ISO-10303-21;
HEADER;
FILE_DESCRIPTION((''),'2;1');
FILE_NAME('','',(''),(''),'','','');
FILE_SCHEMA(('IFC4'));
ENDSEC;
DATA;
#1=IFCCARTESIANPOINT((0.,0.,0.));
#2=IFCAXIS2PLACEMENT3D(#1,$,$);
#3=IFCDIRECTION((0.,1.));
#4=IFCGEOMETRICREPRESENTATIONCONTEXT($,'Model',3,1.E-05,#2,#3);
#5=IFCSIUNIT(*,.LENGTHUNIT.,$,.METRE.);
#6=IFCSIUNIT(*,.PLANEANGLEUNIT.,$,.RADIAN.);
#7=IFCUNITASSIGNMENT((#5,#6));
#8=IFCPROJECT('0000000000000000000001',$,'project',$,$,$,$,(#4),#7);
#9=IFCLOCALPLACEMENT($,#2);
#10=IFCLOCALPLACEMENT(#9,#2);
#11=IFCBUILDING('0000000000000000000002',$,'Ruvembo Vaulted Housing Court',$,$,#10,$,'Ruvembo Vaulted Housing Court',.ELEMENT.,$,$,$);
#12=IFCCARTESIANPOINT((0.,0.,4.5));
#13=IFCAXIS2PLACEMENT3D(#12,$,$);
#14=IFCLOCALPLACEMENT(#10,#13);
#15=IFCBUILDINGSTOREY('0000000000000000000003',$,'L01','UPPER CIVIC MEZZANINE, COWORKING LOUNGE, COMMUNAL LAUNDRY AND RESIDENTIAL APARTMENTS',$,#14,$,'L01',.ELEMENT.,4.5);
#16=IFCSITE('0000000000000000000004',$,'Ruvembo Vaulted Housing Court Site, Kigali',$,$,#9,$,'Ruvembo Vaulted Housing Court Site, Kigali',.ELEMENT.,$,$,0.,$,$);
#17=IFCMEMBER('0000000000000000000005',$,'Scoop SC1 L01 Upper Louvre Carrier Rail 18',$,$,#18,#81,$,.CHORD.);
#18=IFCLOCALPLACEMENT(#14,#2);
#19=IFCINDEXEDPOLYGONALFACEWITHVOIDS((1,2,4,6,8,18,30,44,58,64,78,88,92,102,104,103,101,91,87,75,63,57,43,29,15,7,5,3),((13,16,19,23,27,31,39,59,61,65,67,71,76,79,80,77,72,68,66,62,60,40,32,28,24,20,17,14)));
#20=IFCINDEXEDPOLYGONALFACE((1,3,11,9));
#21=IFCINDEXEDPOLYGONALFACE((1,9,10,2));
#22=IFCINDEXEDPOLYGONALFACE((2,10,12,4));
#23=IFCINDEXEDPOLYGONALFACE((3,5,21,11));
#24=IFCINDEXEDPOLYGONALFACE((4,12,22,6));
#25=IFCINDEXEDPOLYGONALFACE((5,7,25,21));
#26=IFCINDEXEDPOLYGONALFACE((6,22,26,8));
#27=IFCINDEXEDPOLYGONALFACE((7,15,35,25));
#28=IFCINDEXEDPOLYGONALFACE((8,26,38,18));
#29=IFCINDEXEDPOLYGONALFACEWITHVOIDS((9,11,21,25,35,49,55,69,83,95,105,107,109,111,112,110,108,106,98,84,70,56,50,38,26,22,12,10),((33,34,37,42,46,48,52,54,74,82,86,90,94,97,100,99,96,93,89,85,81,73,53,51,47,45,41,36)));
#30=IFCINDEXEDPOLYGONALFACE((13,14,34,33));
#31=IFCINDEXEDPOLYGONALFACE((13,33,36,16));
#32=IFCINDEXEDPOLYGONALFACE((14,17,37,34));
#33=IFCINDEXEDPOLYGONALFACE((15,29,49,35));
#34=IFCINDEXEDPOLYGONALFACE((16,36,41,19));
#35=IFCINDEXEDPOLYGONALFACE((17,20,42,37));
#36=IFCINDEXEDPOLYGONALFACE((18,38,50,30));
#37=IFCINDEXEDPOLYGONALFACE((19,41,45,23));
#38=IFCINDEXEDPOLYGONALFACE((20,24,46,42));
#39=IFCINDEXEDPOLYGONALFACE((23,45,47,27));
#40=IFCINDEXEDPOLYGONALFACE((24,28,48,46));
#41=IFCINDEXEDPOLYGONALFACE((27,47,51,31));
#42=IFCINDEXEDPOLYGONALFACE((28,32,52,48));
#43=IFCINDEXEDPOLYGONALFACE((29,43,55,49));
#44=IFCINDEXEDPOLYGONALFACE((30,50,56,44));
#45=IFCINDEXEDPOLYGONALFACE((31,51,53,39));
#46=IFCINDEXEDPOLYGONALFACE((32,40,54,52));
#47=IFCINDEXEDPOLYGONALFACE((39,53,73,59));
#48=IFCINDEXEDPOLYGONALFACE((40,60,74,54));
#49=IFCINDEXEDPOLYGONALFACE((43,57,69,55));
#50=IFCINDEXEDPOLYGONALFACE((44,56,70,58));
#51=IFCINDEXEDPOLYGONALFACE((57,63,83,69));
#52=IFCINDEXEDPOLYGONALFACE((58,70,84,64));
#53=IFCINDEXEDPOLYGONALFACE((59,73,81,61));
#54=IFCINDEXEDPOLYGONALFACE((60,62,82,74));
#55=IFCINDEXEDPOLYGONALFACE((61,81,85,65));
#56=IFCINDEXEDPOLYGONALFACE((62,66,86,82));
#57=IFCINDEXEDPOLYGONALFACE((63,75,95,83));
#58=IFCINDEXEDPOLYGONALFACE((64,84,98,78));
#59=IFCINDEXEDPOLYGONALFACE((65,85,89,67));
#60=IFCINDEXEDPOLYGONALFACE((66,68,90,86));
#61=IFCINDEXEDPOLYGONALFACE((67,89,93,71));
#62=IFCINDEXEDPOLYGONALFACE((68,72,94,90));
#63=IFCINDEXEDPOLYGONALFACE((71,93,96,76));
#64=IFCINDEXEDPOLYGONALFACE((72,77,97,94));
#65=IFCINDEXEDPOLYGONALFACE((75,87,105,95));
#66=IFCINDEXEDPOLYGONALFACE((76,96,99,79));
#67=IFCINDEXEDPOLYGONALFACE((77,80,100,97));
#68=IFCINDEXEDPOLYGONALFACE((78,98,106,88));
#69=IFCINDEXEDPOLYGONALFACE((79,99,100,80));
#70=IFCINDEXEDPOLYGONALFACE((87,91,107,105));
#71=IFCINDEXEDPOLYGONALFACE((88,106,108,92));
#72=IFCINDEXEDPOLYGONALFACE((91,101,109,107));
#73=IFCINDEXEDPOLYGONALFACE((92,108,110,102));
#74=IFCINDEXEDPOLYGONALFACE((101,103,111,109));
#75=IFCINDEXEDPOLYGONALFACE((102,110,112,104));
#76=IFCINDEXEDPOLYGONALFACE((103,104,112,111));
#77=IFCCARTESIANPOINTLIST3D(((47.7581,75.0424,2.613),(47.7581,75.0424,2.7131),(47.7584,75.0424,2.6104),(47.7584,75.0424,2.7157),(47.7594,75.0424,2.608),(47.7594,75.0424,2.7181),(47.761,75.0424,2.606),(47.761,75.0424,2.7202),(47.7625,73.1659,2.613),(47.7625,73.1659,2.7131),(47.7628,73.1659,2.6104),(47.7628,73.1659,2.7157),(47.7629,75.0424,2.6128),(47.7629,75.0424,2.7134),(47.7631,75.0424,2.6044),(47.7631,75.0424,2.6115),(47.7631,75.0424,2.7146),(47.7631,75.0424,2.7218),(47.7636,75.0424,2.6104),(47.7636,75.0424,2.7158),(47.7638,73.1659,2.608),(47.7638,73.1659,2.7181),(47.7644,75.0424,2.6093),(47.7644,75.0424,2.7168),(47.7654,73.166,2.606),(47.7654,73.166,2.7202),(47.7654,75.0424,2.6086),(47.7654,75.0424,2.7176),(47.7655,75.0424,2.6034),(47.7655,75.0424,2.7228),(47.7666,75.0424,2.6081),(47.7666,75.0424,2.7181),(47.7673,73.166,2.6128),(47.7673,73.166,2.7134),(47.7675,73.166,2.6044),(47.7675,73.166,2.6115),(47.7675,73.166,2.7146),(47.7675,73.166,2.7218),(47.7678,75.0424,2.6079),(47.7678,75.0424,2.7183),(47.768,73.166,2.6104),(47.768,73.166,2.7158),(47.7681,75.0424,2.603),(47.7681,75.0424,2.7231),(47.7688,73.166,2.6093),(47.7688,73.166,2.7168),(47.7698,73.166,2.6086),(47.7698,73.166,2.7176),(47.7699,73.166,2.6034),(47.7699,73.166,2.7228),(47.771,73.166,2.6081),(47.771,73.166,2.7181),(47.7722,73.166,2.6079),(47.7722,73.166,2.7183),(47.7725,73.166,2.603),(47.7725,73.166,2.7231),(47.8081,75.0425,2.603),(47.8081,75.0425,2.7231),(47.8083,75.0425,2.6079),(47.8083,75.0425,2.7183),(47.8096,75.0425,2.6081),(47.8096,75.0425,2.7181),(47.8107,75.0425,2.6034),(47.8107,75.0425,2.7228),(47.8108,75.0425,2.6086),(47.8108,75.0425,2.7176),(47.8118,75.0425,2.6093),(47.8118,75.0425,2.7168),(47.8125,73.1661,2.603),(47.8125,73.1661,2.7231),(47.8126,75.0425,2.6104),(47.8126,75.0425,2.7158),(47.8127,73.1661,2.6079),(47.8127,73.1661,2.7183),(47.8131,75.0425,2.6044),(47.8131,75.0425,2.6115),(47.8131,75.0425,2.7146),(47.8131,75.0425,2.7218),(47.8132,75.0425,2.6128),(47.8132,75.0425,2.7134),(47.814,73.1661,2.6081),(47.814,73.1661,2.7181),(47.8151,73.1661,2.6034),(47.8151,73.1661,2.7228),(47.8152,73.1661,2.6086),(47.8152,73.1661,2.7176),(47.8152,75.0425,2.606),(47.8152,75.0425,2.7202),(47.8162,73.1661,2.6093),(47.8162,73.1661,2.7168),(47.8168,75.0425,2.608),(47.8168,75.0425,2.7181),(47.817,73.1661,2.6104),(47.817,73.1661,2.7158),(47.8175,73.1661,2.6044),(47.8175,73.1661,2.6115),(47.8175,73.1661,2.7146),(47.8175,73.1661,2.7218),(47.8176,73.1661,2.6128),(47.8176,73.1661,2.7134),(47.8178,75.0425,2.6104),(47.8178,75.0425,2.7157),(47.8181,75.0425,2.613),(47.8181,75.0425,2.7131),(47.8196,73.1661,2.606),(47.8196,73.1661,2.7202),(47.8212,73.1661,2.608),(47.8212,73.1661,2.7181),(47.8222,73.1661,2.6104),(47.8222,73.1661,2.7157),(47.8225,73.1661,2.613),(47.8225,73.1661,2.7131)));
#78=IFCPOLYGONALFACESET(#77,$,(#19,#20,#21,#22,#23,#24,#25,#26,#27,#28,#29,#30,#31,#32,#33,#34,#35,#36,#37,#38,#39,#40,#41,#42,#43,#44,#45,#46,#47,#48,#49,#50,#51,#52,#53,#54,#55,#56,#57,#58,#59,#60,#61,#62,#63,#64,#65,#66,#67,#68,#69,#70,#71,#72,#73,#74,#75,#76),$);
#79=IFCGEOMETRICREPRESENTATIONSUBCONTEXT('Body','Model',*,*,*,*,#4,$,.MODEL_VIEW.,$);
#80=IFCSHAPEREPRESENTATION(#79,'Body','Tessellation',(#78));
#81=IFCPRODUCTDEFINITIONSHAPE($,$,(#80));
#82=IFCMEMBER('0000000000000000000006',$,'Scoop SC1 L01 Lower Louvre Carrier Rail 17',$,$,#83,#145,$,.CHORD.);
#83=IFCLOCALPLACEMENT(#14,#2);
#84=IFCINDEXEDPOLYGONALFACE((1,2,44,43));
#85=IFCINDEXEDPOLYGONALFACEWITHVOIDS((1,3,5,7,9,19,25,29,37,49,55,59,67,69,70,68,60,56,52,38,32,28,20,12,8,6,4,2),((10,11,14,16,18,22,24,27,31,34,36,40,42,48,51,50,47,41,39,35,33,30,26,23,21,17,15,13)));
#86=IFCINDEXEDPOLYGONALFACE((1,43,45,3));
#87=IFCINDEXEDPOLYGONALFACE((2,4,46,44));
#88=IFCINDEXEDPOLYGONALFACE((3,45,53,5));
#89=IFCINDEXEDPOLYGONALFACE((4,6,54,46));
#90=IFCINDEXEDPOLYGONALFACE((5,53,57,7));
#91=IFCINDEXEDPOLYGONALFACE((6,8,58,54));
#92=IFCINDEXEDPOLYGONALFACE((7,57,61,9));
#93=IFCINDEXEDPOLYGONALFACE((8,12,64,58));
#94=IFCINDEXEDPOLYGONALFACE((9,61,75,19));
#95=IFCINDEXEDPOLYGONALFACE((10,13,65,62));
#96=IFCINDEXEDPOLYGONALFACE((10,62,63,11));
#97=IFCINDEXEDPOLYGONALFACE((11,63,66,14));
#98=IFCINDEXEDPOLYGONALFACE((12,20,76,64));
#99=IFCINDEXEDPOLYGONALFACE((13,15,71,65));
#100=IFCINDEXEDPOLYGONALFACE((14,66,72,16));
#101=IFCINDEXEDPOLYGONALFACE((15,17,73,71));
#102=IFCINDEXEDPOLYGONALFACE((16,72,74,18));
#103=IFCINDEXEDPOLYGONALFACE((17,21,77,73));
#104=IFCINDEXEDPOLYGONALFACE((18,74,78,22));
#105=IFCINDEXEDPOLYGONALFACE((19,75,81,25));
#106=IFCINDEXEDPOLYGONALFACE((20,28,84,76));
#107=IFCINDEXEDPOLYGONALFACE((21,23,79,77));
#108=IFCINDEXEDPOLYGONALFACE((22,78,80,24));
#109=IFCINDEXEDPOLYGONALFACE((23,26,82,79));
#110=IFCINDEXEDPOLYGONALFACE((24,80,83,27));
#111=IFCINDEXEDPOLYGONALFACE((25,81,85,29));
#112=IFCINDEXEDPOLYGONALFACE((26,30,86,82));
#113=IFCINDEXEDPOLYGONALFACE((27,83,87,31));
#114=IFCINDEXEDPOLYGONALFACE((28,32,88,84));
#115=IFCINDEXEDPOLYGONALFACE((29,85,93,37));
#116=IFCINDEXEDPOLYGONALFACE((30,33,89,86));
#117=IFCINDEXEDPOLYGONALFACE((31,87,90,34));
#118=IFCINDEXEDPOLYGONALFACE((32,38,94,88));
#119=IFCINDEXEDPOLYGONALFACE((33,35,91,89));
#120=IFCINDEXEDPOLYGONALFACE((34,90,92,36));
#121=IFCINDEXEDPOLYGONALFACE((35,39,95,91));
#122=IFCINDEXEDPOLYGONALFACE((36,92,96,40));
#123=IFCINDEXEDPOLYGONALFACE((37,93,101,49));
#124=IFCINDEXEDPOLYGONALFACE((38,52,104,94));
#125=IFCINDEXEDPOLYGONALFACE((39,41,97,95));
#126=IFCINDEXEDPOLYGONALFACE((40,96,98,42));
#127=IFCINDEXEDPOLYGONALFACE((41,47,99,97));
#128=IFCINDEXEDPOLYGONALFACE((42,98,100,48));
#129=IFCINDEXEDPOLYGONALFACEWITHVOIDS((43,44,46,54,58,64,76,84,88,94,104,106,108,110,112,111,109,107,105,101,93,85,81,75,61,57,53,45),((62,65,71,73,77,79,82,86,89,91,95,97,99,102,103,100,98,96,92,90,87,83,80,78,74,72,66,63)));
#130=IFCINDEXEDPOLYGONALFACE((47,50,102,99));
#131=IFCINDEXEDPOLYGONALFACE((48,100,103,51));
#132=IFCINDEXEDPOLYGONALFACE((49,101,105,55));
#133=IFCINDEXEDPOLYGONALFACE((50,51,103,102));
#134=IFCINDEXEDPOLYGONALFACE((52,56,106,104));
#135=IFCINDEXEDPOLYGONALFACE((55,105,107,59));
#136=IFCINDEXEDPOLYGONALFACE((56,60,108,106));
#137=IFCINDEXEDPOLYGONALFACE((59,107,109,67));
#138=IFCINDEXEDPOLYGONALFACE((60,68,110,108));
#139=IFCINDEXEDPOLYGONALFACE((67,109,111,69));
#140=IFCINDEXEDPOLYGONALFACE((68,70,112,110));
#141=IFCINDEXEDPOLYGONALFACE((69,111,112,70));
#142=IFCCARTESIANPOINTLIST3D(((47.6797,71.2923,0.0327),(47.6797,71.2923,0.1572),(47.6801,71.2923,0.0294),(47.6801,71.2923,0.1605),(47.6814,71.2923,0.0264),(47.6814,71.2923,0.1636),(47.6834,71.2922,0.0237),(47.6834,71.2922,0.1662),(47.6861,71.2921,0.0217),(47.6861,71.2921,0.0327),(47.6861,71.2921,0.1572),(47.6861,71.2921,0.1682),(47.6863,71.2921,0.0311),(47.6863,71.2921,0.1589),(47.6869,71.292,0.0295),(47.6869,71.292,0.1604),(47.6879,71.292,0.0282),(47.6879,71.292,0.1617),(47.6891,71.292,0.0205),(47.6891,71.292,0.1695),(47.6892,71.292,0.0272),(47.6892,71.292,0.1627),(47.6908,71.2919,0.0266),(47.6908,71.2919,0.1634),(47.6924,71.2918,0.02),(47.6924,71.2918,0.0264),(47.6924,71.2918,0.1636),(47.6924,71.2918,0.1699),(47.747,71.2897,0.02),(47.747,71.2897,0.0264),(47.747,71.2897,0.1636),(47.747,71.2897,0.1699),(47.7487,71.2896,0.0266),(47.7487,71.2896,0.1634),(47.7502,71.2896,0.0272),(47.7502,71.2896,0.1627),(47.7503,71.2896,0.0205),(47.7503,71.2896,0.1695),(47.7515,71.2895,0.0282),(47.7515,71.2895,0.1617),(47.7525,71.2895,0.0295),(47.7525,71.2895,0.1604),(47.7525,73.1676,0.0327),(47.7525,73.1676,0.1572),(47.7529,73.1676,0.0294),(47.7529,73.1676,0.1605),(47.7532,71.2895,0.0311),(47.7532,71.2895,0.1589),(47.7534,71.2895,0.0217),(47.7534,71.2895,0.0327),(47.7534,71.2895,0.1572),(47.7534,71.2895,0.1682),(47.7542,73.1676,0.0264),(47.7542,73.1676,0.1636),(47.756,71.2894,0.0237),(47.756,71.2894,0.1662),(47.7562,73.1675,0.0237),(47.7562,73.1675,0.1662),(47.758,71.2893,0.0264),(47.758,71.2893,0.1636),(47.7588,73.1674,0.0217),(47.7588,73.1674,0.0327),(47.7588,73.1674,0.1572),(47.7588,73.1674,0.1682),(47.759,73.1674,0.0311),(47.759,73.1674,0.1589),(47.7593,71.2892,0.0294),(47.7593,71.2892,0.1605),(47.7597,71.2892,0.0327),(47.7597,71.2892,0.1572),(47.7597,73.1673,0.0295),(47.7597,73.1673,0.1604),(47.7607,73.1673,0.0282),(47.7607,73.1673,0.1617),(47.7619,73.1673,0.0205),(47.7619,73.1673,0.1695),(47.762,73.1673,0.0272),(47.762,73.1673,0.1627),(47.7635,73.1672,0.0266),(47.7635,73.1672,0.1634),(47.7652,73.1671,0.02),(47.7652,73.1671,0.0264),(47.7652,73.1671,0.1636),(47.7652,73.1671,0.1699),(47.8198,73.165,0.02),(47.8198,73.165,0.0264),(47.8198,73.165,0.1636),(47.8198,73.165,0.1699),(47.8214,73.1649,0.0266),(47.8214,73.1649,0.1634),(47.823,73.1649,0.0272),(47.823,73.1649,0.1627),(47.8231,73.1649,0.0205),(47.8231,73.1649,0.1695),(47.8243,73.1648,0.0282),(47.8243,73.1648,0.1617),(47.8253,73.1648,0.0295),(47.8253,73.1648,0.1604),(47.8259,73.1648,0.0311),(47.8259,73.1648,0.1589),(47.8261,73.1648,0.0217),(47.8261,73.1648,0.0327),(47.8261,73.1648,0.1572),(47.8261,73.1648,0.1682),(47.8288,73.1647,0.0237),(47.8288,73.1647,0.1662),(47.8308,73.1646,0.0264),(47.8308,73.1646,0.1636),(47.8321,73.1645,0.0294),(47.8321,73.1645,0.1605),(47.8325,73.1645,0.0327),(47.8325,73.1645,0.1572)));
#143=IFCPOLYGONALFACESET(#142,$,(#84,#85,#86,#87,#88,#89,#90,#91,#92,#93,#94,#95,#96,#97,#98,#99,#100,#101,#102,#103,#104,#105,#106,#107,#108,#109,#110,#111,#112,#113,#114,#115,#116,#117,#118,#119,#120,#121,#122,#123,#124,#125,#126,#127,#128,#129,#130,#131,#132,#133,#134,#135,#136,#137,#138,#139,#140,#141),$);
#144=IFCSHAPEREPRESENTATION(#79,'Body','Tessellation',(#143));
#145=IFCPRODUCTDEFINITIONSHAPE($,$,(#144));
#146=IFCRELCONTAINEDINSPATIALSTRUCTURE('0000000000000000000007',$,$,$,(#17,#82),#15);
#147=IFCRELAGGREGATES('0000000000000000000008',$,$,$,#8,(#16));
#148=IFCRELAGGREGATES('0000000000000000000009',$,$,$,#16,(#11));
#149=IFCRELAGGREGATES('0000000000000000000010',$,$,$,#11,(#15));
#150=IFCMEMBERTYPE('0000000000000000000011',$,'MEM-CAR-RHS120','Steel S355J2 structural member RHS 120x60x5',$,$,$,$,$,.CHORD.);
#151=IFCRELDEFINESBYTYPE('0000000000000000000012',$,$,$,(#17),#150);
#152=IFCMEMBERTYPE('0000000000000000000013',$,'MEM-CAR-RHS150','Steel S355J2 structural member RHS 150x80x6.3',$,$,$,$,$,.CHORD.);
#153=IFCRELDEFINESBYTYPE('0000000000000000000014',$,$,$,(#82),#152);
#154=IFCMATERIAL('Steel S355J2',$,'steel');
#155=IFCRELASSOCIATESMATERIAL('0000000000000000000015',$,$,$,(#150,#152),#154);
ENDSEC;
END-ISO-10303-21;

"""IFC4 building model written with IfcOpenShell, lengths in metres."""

from ifc_helpers import new_model, si_unit, direction, frame, origin, origin_2d, place, context, subcontext, project, spatial, hollow_rectangle, extrude, material, material_profile, profile_set, type_object, element, save


model = new_model("IFC4")

# Units and contexts
model_context = context("Model", 3, precision=1e-05, world=origin(), true_north=direction((0.0, 1.0)))
body_context = subcontext(model_context, "Body", "Model", "MODEL_VIEW")
ifc_project = project(units=[si_unit("LENGTHUNIT", "METRE"), si_unit("PLANEANGLEUNIT", "RADIAN")], contexts=[model_context])

# Site, building, storey
site_placement = place(None, origin())
site = spatial("IfcSite", under=ifc_project, at=site_placement, Name="Ruvembo Vaulted Housing Court Site, Kigali", LongName="Ruvembo Vaulted Housing Court Site, Kigali", CompositionType="ELEMENT", RefElevation=0.0)
building_placement = place(site_placement, origin())
building = spatial("IfcBuilding", under=site, at=building_placement, Name="Ruvembo Vaulted Housing Court", LongName="Ruvembo Vaulted Housing Court", CompositionType="ELEMENT")
storey_placement = place(building_placement, frame((0.0, 0.0, 4.5)))
storey = spatial("IfcBuildingStorey", under=building, at=storey_placement, Name="L01", Description="UPPER CIVIC MEZZANINE, COWORKING LOUNGE, COMMUNAL LAUNDRY AND RESIDENTIAL APARTMENTS", LongName="L01", CompositionType="ELEMENT", Elevation=4.5)

# Shared definitions
ifc_material_1 = material(Name="Steel S355J2", Category="steel")

# Members
ifc_material_profile_1 = material_profile(ifc_material_1, hollow_rectangle(XDim=0.0601, YDim=0.1201, WallThickness=0.0049, InnerFilletRadius=0.0049, OuterFilletRadius=0.01, at=origin_2d()), Name="RHS 120x60x5")
ifc_profile_set_1 = profile_set([ifc_material_profile_1], Name="Steel S355J2")
member_type_1 = type_object("IfcMemberType", Name="MEM-CAR-RHS120", Description="Steel S355J2 structural member RHS 120x60x5", PredefinedType="CHORD", material=ifc_profile_set_1)
member_1_placement = place(storey_placement, frame((47.7925, 73.166, 2.6631), z_axis=(-0.002342, 0.999997, 0.0), x_axis=(-0.999997, -0.002342, 0.0)))
element("IfcMember", 1, at=member_1_placement, inside=storey, type_object=member_type_1, Name="Scoop SC1 L01 Upper Louvre Carrier Rail 18", PredefinedType="CHORD", context=body_context, shape_type="SweptSolid", body=[
    extrude(hollow_rectangle(XDim=0.0601, YDim=0.1201, WallThickness=0.0049, InnerFilletRadius=0.0049, OuterFilletRadius=0.01, at=origin_2d()), origin(), (0.0, 0.0, 1.0), 1.8765),
])
ifc_material_profile_2 = material_profile(ifc_material_1, hollow_rectangle(XDim=0.0801, YDim=0.1499, WallThickness=0.0063, InnerFilletRadius=0.0063, OuterFilletRadius=0.0127, at=origin_2d()), Name="RHS 150x80x6.3")
ifc_profile_set_2 = profile_set([ifc_material_profile_2], Name="Steel S355J2")
member_type_2 = type_object("IfcMemberType", Name="MEM-CAR-RHS150", Description="Steel S355J2 structural member RHS 150x80x6.3", PredefinedType="CHORD", material=ifc_profile_set_2)
member_2_placement = place(storey_placement, frame((47.7197, 71.2908, 0.095), z_axis=(0.038768, 0.999248, 0.0), x_axis=(-0.999248, 0.038768, 0.0)))
element("IfcMember", 2, at=member_2_placement, inside=storey, type_object=member_type_2, Name="Scoop SC1 L01 Lower Louvre Carrier Rail 17", PredefinedType="CHORD", context=body_context, shape_type="SweptSolid", body=[
    extrude(hollow_rectangle(XDim=0.0801, YDim=0.1499, WallThickness=0.0063, InnerFilletRadius=0.0063, OuterFilletRadius=0.0127, at=origin_2d()), origin(), (0.0, 0.0, 1.0), 1.8767),
])

save(model, "model.ifc")
